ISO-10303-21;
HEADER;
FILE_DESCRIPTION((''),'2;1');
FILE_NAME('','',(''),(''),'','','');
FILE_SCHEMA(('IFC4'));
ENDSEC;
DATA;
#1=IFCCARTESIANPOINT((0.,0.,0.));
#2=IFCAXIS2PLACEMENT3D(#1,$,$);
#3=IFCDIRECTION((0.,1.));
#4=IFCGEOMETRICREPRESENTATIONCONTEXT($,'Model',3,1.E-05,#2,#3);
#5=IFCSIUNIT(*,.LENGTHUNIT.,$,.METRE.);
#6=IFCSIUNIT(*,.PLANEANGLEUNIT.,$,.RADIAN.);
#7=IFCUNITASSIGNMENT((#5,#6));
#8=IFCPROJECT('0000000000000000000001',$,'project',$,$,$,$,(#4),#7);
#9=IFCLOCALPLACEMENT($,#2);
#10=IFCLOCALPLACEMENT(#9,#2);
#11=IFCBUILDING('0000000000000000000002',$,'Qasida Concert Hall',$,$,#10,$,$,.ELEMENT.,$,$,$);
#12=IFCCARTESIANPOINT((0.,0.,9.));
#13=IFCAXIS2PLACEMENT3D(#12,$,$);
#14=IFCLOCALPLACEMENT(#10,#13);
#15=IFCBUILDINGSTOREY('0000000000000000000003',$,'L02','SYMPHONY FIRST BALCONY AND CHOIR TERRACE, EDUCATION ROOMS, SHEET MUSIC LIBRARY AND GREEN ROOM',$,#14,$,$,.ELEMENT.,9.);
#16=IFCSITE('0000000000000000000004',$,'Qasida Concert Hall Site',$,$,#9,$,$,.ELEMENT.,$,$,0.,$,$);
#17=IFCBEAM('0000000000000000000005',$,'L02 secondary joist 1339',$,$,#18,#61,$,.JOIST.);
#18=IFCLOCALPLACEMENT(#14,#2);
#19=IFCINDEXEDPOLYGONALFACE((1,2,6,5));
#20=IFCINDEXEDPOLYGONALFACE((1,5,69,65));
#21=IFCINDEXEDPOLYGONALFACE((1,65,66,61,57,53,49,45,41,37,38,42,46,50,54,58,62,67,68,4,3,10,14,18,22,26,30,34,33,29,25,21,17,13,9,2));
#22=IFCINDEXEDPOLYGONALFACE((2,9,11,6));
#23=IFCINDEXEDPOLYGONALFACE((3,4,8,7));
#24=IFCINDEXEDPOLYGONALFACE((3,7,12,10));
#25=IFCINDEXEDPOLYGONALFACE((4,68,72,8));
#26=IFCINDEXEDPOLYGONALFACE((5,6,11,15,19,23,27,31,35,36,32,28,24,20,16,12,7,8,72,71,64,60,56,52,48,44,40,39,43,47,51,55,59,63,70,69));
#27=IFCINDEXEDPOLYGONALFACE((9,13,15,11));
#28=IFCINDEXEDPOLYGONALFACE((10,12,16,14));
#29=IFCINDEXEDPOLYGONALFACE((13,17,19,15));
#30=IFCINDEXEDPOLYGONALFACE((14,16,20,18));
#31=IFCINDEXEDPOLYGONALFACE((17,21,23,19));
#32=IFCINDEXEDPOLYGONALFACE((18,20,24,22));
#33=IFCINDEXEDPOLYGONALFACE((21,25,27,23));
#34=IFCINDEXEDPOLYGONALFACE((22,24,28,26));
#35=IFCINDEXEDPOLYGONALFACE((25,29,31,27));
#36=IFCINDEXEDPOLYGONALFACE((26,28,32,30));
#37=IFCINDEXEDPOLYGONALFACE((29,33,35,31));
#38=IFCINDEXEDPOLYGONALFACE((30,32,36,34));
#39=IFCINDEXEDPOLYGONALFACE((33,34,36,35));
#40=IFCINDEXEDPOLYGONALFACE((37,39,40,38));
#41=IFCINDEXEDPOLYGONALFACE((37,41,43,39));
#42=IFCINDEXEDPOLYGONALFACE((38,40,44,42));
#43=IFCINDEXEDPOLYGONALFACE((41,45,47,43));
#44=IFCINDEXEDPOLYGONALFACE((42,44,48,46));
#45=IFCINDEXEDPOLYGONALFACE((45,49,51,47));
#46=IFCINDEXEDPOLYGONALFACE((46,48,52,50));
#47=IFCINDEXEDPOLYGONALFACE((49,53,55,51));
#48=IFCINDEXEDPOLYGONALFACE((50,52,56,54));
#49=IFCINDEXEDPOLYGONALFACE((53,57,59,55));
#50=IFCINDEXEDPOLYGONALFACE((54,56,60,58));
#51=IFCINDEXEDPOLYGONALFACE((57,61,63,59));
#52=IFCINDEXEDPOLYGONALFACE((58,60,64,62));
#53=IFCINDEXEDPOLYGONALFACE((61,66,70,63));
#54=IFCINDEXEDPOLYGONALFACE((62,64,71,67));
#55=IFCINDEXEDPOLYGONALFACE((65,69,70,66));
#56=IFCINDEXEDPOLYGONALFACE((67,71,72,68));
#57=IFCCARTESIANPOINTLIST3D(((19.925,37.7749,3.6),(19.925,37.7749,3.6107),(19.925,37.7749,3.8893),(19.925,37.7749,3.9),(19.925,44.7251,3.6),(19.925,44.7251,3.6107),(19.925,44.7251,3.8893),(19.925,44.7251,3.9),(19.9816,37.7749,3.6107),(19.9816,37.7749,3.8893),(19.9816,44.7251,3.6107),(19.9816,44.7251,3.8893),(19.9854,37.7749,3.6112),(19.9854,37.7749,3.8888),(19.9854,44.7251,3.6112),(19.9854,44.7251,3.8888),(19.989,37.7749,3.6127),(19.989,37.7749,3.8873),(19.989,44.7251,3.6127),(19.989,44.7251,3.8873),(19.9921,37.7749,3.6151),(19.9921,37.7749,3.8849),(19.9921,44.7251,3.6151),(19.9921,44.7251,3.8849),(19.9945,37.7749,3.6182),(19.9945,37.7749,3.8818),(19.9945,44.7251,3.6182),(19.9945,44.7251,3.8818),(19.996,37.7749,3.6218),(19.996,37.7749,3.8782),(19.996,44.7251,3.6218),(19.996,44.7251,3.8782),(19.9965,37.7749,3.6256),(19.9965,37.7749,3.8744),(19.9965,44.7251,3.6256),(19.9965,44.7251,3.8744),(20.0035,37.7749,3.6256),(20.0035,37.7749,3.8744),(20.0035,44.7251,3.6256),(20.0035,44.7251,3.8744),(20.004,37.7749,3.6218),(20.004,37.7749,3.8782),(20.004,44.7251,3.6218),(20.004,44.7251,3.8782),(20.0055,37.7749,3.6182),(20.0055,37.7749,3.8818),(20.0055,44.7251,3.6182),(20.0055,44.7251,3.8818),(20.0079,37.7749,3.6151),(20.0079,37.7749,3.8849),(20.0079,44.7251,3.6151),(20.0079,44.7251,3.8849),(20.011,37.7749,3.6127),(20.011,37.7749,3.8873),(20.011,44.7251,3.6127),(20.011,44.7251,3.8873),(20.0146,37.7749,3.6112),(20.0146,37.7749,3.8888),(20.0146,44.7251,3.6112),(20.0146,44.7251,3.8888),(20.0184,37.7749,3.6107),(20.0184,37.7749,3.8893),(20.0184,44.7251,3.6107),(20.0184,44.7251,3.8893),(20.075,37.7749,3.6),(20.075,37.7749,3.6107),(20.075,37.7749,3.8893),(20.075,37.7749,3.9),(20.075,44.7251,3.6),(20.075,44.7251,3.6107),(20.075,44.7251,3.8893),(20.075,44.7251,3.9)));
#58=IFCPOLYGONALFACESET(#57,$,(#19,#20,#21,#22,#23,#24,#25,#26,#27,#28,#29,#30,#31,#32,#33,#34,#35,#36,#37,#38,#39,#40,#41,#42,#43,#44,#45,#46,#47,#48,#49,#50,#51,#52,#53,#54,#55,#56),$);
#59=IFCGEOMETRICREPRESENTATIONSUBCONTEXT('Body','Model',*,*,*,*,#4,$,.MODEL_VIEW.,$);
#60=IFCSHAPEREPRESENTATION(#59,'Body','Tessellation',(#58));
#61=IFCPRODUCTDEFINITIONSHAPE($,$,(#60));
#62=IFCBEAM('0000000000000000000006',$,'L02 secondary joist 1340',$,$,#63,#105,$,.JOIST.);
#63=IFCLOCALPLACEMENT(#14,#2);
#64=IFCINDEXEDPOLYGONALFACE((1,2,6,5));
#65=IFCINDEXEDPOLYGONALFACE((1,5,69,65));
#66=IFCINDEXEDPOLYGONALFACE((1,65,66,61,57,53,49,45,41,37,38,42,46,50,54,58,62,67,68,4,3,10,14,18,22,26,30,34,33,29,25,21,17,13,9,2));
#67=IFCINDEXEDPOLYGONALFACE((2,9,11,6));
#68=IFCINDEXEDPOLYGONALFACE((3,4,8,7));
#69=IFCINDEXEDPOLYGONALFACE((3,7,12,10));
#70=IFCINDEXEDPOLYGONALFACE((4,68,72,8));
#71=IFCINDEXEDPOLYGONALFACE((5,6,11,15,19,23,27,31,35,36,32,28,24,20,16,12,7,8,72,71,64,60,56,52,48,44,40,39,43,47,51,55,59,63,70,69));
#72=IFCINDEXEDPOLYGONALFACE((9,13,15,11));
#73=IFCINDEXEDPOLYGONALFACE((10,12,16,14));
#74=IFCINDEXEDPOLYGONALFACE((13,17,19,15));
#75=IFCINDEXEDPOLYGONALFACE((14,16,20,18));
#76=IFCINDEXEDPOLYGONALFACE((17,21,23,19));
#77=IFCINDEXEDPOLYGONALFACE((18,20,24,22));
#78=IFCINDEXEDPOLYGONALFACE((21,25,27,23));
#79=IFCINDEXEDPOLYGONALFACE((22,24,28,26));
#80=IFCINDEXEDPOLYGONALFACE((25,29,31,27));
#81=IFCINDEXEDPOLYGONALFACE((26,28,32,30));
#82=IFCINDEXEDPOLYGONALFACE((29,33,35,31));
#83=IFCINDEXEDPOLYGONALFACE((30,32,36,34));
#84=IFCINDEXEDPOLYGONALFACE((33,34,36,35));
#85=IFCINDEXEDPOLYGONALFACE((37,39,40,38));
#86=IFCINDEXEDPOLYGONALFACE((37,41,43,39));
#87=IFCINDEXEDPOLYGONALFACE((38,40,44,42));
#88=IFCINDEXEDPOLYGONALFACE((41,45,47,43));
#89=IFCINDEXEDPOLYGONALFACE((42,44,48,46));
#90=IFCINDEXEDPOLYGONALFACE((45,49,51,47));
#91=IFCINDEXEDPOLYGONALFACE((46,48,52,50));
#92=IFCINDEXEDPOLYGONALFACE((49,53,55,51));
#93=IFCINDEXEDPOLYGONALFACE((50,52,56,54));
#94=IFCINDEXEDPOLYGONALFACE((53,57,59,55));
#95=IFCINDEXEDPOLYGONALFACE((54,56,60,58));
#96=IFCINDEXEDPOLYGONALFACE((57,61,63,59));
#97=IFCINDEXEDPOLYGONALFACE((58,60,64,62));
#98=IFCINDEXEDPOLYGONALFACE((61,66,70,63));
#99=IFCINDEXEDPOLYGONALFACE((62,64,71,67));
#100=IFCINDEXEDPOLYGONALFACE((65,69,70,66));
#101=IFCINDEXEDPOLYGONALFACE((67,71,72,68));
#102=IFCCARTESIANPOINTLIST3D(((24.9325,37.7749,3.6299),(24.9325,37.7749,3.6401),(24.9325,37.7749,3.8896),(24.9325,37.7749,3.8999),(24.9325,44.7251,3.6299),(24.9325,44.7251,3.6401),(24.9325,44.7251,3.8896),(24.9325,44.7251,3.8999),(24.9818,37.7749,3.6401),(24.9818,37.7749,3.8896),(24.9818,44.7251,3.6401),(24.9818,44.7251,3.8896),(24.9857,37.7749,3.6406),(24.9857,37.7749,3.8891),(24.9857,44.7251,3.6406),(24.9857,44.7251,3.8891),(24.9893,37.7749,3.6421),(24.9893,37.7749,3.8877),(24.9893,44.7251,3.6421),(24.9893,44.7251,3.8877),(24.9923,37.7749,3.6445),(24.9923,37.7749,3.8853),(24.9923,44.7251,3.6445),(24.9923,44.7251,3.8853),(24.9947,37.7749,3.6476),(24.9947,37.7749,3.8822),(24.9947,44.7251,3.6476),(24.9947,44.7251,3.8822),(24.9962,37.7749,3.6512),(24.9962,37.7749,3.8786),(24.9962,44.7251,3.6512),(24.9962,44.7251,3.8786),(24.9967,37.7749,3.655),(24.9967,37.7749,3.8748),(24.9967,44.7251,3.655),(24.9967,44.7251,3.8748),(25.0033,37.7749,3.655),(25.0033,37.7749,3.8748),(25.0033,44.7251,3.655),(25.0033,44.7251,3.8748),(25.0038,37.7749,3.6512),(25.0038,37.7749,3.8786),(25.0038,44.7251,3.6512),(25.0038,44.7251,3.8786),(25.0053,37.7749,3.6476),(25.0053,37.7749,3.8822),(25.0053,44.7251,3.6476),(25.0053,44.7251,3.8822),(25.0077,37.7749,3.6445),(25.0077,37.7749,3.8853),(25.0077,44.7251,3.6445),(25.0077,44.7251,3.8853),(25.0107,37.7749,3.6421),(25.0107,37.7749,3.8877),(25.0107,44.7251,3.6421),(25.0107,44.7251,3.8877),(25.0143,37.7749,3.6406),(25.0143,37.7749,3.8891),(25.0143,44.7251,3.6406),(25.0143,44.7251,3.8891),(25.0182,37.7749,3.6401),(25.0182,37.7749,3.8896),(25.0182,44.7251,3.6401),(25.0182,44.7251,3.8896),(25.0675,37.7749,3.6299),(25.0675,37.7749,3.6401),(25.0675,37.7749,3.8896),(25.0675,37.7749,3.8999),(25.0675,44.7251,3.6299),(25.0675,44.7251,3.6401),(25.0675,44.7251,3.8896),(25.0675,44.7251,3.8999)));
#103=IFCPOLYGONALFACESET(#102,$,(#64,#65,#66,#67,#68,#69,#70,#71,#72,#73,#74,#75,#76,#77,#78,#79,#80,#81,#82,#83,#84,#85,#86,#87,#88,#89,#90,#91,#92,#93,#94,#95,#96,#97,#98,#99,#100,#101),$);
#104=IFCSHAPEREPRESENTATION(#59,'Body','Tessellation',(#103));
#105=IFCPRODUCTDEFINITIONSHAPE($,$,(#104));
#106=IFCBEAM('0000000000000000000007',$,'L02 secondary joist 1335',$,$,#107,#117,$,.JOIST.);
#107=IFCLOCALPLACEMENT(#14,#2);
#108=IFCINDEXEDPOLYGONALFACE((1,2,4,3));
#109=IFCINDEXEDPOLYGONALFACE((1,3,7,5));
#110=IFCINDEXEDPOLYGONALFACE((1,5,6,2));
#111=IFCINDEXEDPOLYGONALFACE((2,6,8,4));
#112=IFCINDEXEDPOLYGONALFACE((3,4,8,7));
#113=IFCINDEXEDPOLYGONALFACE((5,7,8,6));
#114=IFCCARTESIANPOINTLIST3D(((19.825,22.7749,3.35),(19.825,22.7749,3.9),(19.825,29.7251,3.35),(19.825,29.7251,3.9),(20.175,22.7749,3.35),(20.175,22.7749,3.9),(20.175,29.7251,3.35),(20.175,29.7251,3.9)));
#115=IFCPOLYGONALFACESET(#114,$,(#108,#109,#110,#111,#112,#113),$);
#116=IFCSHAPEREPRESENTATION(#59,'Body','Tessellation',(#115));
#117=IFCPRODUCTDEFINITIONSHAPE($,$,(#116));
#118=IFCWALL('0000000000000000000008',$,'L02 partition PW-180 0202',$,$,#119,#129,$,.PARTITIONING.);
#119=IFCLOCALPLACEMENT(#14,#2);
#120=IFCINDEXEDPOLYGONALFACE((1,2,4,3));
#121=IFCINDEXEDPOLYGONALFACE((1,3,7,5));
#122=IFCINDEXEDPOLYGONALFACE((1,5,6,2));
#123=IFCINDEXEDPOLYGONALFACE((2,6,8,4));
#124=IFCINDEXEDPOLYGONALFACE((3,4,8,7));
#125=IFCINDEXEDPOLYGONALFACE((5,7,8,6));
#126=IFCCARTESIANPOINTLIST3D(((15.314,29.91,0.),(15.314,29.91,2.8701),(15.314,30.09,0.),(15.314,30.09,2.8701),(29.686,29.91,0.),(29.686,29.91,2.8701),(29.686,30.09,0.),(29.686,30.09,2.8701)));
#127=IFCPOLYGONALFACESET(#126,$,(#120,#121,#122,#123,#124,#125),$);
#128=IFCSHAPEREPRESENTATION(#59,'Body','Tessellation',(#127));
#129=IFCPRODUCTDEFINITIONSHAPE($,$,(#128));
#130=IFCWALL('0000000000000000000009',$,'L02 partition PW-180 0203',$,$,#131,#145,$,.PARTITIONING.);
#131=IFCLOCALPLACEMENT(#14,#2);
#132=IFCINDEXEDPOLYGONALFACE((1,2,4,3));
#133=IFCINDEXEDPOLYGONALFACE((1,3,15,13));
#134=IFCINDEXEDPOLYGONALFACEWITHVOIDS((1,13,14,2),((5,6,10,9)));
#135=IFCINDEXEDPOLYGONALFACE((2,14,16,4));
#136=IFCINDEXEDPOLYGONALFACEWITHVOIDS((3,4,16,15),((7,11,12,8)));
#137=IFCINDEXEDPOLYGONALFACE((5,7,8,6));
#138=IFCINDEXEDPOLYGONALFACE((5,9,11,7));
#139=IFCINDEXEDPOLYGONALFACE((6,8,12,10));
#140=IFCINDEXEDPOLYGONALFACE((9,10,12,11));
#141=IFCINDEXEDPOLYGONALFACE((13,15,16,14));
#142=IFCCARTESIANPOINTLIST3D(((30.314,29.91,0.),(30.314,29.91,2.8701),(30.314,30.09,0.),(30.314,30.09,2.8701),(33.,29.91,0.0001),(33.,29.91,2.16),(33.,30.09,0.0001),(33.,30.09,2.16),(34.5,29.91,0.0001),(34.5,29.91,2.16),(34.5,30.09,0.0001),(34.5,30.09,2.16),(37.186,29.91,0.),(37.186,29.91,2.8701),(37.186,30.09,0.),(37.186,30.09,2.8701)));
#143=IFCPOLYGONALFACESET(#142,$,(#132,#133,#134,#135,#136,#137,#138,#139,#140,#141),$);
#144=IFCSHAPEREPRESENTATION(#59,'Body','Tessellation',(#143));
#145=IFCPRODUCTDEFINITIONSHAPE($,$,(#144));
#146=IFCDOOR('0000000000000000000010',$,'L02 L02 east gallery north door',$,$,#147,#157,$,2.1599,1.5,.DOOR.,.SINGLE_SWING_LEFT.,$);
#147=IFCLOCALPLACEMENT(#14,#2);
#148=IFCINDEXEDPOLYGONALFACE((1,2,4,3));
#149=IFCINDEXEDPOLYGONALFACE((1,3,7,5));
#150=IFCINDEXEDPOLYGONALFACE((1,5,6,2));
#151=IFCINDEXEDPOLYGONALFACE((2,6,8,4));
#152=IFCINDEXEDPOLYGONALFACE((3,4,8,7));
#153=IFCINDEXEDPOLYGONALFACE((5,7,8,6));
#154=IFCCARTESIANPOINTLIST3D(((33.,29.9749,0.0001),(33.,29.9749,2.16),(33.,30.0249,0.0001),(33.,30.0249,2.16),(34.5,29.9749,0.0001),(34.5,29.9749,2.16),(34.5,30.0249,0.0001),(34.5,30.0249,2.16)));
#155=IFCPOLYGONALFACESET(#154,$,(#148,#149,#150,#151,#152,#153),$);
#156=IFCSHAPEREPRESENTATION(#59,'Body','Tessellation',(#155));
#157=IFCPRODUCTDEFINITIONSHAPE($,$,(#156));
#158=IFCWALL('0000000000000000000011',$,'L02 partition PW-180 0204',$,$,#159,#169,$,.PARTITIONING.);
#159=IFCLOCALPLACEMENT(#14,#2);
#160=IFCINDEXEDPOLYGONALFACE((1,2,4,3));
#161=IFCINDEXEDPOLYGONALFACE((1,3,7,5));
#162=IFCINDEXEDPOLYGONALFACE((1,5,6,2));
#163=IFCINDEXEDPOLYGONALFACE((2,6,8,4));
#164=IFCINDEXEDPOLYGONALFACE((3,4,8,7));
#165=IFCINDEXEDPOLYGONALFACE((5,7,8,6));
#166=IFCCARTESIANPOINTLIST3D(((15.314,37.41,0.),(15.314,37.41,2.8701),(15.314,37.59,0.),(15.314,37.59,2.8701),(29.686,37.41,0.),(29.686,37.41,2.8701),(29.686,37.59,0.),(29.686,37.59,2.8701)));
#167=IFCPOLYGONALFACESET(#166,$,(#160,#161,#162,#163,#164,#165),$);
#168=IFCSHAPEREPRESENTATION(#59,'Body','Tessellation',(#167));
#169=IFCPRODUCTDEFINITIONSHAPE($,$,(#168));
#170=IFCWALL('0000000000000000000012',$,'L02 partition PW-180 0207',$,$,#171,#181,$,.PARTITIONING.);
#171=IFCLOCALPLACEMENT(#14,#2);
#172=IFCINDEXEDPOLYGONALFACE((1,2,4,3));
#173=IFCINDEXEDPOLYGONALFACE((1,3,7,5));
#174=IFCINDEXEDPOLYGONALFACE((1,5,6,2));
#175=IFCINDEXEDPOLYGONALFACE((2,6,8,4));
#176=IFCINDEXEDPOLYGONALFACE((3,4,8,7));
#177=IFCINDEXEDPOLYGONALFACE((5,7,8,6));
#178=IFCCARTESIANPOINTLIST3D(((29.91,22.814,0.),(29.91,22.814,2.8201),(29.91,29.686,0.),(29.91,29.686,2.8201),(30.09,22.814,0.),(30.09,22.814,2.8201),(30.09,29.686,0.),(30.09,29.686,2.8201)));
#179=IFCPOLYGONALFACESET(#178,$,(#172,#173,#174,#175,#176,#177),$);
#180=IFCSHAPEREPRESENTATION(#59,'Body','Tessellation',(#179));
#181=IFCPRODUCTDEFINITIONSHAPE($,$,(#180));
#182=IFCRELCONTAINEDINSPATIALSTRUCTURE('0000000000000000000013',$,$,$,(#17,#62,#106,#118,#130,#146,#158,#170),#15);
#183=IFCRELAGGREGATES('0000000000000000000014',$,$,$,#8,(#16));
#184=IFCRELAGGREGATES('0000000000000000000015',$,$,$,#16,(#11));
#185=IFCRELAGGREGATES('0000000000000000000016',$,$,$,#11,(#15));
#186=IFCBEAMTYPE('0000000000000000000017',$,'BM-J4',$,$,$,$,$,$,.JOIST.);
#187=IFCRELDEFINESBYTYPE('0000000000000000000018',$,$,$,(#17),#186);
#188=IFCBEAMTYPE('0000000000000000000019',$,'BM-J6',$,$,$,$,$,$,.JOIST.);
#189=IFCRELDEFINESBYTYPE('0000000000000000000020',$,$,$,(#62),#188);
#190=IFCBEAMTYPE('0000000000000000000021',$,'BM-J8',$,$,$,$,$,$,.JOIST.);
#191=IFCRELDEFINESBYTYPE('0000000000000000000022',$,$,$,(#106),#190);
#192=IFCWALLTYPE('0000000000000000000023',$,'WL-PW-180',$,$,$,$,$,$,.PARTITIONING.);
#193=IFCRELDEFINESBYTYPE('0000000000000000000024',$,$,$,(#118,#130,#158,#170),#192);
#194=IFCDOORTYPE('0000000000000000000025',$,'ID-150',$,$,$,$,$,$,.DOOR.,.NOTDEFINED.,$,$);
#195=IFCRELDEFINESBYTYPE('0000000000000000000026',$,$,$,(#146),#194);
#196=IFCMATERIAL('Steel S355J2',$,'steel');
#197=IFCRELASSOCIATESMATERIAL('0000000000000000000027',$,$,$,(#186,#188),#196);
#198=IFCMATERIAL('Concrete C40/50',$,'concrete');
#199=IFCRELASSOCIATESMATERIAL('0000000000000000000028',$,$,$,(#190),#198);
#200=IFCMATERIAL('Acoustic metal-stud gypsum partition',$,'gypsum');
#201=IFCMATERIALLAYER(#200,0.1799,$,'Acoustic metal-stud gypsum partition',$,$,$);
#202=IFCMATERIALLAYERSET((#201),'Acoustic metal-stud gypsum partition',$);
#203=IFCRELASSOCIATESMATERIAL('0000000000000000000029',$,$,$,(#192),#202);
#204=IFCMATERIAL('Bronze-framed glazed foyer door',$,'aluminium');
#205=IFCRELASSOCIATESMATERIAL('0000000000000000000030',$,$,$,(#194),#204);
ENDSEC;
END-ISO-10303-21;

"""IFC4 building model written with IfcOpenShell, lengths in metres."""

from ifc_helpers import new_model, si_unit, direction, frame, frame_2d, origin, origin_2d, place, context, subcontext, project, spatial, rectangle, i_section, extrude, material, layer, layer_set, material_profile, profile_set, type_object, element, fill, save


model = new_model("IFC4")

# Units and contexts
model_context = context("Model", 3, precision=1e-05, world=origin(), true_north=direction((0.0, 1.0)))
body_context = subcontext(model_context, "Body", "Model", "MODEL_VIEW")
ifc_project = project(units=[si_unit("LENGTHUNIT", "METRE"), si_unit("PLANEANGLEUNIT", "RADIAN")], contexts=[model_context])

# Site, building, storey
site_placement = place(None, origin())
site = spatial("IfcSite", under=ifc_project, at=site_placement, Name="Qasida Concert Hall Site", CompositionType="ELEMENT", RefElevation=0.0)
building_placement = place(site_placement, origin())
building = spatial("IfcBuilding", under=site, at=building_placement, Name="Qasida Concert Hall", CompositionType="ELEMENT")
storey_placement = place(building_placement, frame((0.0, 0.0, 9.0)))
storey = spatial("IfcBuildingStorey", under=building, at=storey_placement, Name="L02", Description="SYMPHONY FIRST BALCONY AND CHOIR TERRACE, EDUCATION ROOMS, SHEET MUSIC LIBRARY AND GREEN ROOM", CompositionType="ELEMENT", Elevation=9.0)

# Beams
ifc_material_1 = material(Name="Concrete C40/50", Category="concrete")
ifc_material_2 = material(Name="Steel S355J2", Category="steel")
ifc_material_profile_1 = material_profile(ifc_material_2, i_section(OverallWidth=0.1499, OverallDepth=0.3, WebThickness=0.0071, FlangeThickness=0.0107, FilletRadius=0.0149, at=origin_2d()), Name="IPE 300")
ifc_profile_set_1 = profile_set([ifc_material_profile_1], Name="Steel S355J2")
beam_type_1 = type_object("IfcBeamType", Name="BM-J4", PredefinedType="JOIST", material=ifc_profile_set_1)
for number, where, z_axis, x_axis, name in (
    (1, (20.0, 37.7749, 3.75), (0.0, 1.0, 0.0), (-1.0, 0.0, 0.0), "L02 secondary joist 1339"),
):
    element("IfcBeam", number, at=place(storey_placement, frame(where, z_axis=z_axis, x_axis=x_axis)), inside=storey, type_object=beam_type_1, Name=name, PredefinedType="JOIST", context=body_context, shape_type="SweptSolid", body=[
        extrude(i_section(OverallWidth=0.1499, OverallDepth=0.3, WebThickness=0.0071, FlangeThickness=0.0107, FilletRadius=0.0149, at=origin_2d()), origin(), (0.0, 0.0, 1.0), 6.9502),
    ])
ifc_material_profile_2 = material_profile(ifc_material_2, i_section(OverallWidth=0.135, OverallDepth=0.27, WebThickness=0.0066, FlangeThickness=0.0103, FilletRadius=0.0149, at=origin_2d()), Name="IPE 270")
ifc_profile_set_2 = profile_set([ifc_material_profile_2], Name="Steel S355J2")
beam_type_2 = type_object("IfcBeamType", Name="BM-J6", PredefinedType="JOIST", material=ifc_profile_set_2)
beam_1_placement = place(storey_placement, frame((25.0, 37.7749, 3.7649), z_axis=(0.0, 1.0, 0.0), x_axis=(-1.0, 0.0, 0.0)))
element("IfcBeam", 2, at=beam_1_placement, inside=storey, type_object=beam_type_2, Name="L02 secondary joist 1340", PredefinedType="JOIST", context=body_context, shape_type="SweptSolid", body=[
    extrude(i_section(OverallWidth=0.135, OverallDepth=0.27, WebThickness=0.0066, FlangeThickness=0.0103, FilletRadius=0.0149, at=origin_2d()), origin(), (0.0, 0.0, 1.0), 6.9502),
])
ifc_material_profile_3 = material_profile(ifc_material_1, rectangle(XDim=0.3501, YDim=0.55, at=origin_2d()), Name="RC 350x550")
ifc_profile_set_3 = profile_set([ifc_material_profile_3], Name="Concrete C40/50")
beam_type_3 = type_object("IfcBeamType", Name="BM-J8", PredefinedType="JOIST", material=ifc_profile_set_3)
beam_2_placement = place(storey_placement, frame((20.0, 22.7749, 3.625), z_axis=(0.0, 1.0, 0.0), x_axis=(-1.0, 0.0, 0.0)))
element("IfcBeam", 3, at=beam_2_placement, inside=storey, type_object=beam_type_3, Name="L02 secondary joist 1335", PredefinedType="JOIST", context=body_context, shape_type="SweptSolid", body=[
    extrude(rectangle(XDim=0.3501, YDim=0.55, at=origin_2d()), origin(), (0.0, 0.0, 1.0), 6.9502),
])

# Wall
ifc_material_3 = material(Name="Acoustic metal-stud gypsum partition", Category="gypsum")
ifc_layer_1 = layer(ifc_material_3, 0.1799, Name="Acoustic metal-stud gypsum partition")
ifc_layer_set_1 = layer_set([ifc_layer_1], Name="Acoustic metal-stud gypsum partition")
wall_type_1 = type_object("IfcWallType", Name="WL-PW-180", PredefinedType="PARTITIONING", material=ifc_layer_set_1)
wall_1_placement = place(storey_placement, frame((15.314, 30.0, 0.0), z_axis=(0.0, 0.0, 1.0), x_axis=(1.0, 0.0, 0.0)))
element("IfcWall", 4, at=wall_1_placement, inside=storey, type_object=wall_type_1, Name="L02 partition PW-180 0202", PredefinedType="PARTITIONING", context=body_context, shape_type="SweptSolid", body=[
    extrude(rectangle(XDim=14.3721, YDim=0.1799, at=frame_2d((7.186, 0.0))), origin(), (0.0, 0.0, 1.0), 2.8701),
])

# Wall, opening, door
wall_2_placement = place(storey_placement, frame((30.314, 30.0, 0.0), z_axis=(0.0, 0.0, 1.0), x_axis=(1.0, 0.0, 0.0)))
wall_2 = element("IfcWall", 5, at=wall_2_placement, inside=storey, type_object=wall_type_1, Name="L02 partition PW-180 0203", PredefinedType="PARTITIONING", context=body_context, shape_type="SweptSolid", body=[
    extrude(rectangle(XDim=6.8721, YDim=0.1799, at=frame_2d((3.436, 0.0))), origin(), (0.0, 0.0, 1.0), 2.8701),
])
opening_1_placement = place(wall_2_placement, frame((2.686, 0.0, 0.0)))
opening_1 = element("IfcOpeningElement", 6, at=opening_1_placement, cuts=wall_2, PredefinedType="OPENING", context=body_context, shape_type="SweptSolid", body=[
    extrude(rectangle(XDim=1.5, YDim=2.1599, at=frame_2d((0.75, 1.0801))), frame((0.0, 0.0999, 0.0), z_axis=(0.0, -1.0, 0.0), x_axis=(1.0, 0.0, 0.0)), (0.0, 0.0, 1.0), 0.2),
])
ifc_material_4 = material(Name="Bronze-framed glazed foyer door", Category="aluminium")
door_type_1 = type_object("IfcDoorType", Name="ID-150", OperationType="NOTDEFINED", PredefinedType="DOOR", material=ifc_material_4)
door_1_placement = place(opening_1_placement, origin())
door_1 = element("IfcDoor", 7, at=door_1_placement, inside=storey, type_object=door_type_1, Name="L02 L02 east gallery north door", OperationType="SINGLE_SWING_LEFT", OverallHeight=2.1599, OverallWidth=1.5, PredefinedType="DOOR", context=body_context, shape_type="SweptSolid", body=[
    extrude(rectangle(XDim=1.5, YDim=2.1599, at=frame_2d((0.75, 1.0801))), frame((0.0, 0.0249, 0.0), z_axis=(0.0, -1.0, 0.0), x_axis=(1.0, 0.0, 0.0)), (0.0, 0.0, 1.0), 0.05),
])
fill(opening_1, door_1)

# Wall
wall_3_placement = place(storey_placement, frame((15.314, 37.5, 0.0), z_axis=(0.0, 0.0, 1.0), x_axis=(1.0, 0.0, 0.0)))
element("IfcWall", 8, at=wall_3_placement, inside=storey, type_object=wall_type_1, Name="L02 partition PW-180 0204", PredefinedType="PARTITIONING", context=body_context, shape_type="SweptSolid", body=[
    extrude(rectangle(XDim=14.3721, YDim=0.1799, at=frame_2d((7.186, 0.0))), origin(), (0.0, 0.0, 1.0), 2.8701),
])

# Wall
wall_4_placement = place(storey_placement, frame((30.0, 22.814, 0.0), z_axis=(0.0, 0.0, 1.0), x_axis=(0.0, 1.0, 0.0)))
element("IfcWall", 9, at=wall_4_placement, inside=storey, type_object=wall_type_1, Name="L02 partition PW-180 0207", PredefinedType="PARTITIONING", context=body_context, shape_type="SweptSolid", body=[
    extrude(rectangle(XDim=6.8721, YDim=0.1799, at=frame_2d((3.436, 0.0))), origin(), (0.0, 0.0, 1.0), 2.8201),
])

save(model, "model.ifc")
